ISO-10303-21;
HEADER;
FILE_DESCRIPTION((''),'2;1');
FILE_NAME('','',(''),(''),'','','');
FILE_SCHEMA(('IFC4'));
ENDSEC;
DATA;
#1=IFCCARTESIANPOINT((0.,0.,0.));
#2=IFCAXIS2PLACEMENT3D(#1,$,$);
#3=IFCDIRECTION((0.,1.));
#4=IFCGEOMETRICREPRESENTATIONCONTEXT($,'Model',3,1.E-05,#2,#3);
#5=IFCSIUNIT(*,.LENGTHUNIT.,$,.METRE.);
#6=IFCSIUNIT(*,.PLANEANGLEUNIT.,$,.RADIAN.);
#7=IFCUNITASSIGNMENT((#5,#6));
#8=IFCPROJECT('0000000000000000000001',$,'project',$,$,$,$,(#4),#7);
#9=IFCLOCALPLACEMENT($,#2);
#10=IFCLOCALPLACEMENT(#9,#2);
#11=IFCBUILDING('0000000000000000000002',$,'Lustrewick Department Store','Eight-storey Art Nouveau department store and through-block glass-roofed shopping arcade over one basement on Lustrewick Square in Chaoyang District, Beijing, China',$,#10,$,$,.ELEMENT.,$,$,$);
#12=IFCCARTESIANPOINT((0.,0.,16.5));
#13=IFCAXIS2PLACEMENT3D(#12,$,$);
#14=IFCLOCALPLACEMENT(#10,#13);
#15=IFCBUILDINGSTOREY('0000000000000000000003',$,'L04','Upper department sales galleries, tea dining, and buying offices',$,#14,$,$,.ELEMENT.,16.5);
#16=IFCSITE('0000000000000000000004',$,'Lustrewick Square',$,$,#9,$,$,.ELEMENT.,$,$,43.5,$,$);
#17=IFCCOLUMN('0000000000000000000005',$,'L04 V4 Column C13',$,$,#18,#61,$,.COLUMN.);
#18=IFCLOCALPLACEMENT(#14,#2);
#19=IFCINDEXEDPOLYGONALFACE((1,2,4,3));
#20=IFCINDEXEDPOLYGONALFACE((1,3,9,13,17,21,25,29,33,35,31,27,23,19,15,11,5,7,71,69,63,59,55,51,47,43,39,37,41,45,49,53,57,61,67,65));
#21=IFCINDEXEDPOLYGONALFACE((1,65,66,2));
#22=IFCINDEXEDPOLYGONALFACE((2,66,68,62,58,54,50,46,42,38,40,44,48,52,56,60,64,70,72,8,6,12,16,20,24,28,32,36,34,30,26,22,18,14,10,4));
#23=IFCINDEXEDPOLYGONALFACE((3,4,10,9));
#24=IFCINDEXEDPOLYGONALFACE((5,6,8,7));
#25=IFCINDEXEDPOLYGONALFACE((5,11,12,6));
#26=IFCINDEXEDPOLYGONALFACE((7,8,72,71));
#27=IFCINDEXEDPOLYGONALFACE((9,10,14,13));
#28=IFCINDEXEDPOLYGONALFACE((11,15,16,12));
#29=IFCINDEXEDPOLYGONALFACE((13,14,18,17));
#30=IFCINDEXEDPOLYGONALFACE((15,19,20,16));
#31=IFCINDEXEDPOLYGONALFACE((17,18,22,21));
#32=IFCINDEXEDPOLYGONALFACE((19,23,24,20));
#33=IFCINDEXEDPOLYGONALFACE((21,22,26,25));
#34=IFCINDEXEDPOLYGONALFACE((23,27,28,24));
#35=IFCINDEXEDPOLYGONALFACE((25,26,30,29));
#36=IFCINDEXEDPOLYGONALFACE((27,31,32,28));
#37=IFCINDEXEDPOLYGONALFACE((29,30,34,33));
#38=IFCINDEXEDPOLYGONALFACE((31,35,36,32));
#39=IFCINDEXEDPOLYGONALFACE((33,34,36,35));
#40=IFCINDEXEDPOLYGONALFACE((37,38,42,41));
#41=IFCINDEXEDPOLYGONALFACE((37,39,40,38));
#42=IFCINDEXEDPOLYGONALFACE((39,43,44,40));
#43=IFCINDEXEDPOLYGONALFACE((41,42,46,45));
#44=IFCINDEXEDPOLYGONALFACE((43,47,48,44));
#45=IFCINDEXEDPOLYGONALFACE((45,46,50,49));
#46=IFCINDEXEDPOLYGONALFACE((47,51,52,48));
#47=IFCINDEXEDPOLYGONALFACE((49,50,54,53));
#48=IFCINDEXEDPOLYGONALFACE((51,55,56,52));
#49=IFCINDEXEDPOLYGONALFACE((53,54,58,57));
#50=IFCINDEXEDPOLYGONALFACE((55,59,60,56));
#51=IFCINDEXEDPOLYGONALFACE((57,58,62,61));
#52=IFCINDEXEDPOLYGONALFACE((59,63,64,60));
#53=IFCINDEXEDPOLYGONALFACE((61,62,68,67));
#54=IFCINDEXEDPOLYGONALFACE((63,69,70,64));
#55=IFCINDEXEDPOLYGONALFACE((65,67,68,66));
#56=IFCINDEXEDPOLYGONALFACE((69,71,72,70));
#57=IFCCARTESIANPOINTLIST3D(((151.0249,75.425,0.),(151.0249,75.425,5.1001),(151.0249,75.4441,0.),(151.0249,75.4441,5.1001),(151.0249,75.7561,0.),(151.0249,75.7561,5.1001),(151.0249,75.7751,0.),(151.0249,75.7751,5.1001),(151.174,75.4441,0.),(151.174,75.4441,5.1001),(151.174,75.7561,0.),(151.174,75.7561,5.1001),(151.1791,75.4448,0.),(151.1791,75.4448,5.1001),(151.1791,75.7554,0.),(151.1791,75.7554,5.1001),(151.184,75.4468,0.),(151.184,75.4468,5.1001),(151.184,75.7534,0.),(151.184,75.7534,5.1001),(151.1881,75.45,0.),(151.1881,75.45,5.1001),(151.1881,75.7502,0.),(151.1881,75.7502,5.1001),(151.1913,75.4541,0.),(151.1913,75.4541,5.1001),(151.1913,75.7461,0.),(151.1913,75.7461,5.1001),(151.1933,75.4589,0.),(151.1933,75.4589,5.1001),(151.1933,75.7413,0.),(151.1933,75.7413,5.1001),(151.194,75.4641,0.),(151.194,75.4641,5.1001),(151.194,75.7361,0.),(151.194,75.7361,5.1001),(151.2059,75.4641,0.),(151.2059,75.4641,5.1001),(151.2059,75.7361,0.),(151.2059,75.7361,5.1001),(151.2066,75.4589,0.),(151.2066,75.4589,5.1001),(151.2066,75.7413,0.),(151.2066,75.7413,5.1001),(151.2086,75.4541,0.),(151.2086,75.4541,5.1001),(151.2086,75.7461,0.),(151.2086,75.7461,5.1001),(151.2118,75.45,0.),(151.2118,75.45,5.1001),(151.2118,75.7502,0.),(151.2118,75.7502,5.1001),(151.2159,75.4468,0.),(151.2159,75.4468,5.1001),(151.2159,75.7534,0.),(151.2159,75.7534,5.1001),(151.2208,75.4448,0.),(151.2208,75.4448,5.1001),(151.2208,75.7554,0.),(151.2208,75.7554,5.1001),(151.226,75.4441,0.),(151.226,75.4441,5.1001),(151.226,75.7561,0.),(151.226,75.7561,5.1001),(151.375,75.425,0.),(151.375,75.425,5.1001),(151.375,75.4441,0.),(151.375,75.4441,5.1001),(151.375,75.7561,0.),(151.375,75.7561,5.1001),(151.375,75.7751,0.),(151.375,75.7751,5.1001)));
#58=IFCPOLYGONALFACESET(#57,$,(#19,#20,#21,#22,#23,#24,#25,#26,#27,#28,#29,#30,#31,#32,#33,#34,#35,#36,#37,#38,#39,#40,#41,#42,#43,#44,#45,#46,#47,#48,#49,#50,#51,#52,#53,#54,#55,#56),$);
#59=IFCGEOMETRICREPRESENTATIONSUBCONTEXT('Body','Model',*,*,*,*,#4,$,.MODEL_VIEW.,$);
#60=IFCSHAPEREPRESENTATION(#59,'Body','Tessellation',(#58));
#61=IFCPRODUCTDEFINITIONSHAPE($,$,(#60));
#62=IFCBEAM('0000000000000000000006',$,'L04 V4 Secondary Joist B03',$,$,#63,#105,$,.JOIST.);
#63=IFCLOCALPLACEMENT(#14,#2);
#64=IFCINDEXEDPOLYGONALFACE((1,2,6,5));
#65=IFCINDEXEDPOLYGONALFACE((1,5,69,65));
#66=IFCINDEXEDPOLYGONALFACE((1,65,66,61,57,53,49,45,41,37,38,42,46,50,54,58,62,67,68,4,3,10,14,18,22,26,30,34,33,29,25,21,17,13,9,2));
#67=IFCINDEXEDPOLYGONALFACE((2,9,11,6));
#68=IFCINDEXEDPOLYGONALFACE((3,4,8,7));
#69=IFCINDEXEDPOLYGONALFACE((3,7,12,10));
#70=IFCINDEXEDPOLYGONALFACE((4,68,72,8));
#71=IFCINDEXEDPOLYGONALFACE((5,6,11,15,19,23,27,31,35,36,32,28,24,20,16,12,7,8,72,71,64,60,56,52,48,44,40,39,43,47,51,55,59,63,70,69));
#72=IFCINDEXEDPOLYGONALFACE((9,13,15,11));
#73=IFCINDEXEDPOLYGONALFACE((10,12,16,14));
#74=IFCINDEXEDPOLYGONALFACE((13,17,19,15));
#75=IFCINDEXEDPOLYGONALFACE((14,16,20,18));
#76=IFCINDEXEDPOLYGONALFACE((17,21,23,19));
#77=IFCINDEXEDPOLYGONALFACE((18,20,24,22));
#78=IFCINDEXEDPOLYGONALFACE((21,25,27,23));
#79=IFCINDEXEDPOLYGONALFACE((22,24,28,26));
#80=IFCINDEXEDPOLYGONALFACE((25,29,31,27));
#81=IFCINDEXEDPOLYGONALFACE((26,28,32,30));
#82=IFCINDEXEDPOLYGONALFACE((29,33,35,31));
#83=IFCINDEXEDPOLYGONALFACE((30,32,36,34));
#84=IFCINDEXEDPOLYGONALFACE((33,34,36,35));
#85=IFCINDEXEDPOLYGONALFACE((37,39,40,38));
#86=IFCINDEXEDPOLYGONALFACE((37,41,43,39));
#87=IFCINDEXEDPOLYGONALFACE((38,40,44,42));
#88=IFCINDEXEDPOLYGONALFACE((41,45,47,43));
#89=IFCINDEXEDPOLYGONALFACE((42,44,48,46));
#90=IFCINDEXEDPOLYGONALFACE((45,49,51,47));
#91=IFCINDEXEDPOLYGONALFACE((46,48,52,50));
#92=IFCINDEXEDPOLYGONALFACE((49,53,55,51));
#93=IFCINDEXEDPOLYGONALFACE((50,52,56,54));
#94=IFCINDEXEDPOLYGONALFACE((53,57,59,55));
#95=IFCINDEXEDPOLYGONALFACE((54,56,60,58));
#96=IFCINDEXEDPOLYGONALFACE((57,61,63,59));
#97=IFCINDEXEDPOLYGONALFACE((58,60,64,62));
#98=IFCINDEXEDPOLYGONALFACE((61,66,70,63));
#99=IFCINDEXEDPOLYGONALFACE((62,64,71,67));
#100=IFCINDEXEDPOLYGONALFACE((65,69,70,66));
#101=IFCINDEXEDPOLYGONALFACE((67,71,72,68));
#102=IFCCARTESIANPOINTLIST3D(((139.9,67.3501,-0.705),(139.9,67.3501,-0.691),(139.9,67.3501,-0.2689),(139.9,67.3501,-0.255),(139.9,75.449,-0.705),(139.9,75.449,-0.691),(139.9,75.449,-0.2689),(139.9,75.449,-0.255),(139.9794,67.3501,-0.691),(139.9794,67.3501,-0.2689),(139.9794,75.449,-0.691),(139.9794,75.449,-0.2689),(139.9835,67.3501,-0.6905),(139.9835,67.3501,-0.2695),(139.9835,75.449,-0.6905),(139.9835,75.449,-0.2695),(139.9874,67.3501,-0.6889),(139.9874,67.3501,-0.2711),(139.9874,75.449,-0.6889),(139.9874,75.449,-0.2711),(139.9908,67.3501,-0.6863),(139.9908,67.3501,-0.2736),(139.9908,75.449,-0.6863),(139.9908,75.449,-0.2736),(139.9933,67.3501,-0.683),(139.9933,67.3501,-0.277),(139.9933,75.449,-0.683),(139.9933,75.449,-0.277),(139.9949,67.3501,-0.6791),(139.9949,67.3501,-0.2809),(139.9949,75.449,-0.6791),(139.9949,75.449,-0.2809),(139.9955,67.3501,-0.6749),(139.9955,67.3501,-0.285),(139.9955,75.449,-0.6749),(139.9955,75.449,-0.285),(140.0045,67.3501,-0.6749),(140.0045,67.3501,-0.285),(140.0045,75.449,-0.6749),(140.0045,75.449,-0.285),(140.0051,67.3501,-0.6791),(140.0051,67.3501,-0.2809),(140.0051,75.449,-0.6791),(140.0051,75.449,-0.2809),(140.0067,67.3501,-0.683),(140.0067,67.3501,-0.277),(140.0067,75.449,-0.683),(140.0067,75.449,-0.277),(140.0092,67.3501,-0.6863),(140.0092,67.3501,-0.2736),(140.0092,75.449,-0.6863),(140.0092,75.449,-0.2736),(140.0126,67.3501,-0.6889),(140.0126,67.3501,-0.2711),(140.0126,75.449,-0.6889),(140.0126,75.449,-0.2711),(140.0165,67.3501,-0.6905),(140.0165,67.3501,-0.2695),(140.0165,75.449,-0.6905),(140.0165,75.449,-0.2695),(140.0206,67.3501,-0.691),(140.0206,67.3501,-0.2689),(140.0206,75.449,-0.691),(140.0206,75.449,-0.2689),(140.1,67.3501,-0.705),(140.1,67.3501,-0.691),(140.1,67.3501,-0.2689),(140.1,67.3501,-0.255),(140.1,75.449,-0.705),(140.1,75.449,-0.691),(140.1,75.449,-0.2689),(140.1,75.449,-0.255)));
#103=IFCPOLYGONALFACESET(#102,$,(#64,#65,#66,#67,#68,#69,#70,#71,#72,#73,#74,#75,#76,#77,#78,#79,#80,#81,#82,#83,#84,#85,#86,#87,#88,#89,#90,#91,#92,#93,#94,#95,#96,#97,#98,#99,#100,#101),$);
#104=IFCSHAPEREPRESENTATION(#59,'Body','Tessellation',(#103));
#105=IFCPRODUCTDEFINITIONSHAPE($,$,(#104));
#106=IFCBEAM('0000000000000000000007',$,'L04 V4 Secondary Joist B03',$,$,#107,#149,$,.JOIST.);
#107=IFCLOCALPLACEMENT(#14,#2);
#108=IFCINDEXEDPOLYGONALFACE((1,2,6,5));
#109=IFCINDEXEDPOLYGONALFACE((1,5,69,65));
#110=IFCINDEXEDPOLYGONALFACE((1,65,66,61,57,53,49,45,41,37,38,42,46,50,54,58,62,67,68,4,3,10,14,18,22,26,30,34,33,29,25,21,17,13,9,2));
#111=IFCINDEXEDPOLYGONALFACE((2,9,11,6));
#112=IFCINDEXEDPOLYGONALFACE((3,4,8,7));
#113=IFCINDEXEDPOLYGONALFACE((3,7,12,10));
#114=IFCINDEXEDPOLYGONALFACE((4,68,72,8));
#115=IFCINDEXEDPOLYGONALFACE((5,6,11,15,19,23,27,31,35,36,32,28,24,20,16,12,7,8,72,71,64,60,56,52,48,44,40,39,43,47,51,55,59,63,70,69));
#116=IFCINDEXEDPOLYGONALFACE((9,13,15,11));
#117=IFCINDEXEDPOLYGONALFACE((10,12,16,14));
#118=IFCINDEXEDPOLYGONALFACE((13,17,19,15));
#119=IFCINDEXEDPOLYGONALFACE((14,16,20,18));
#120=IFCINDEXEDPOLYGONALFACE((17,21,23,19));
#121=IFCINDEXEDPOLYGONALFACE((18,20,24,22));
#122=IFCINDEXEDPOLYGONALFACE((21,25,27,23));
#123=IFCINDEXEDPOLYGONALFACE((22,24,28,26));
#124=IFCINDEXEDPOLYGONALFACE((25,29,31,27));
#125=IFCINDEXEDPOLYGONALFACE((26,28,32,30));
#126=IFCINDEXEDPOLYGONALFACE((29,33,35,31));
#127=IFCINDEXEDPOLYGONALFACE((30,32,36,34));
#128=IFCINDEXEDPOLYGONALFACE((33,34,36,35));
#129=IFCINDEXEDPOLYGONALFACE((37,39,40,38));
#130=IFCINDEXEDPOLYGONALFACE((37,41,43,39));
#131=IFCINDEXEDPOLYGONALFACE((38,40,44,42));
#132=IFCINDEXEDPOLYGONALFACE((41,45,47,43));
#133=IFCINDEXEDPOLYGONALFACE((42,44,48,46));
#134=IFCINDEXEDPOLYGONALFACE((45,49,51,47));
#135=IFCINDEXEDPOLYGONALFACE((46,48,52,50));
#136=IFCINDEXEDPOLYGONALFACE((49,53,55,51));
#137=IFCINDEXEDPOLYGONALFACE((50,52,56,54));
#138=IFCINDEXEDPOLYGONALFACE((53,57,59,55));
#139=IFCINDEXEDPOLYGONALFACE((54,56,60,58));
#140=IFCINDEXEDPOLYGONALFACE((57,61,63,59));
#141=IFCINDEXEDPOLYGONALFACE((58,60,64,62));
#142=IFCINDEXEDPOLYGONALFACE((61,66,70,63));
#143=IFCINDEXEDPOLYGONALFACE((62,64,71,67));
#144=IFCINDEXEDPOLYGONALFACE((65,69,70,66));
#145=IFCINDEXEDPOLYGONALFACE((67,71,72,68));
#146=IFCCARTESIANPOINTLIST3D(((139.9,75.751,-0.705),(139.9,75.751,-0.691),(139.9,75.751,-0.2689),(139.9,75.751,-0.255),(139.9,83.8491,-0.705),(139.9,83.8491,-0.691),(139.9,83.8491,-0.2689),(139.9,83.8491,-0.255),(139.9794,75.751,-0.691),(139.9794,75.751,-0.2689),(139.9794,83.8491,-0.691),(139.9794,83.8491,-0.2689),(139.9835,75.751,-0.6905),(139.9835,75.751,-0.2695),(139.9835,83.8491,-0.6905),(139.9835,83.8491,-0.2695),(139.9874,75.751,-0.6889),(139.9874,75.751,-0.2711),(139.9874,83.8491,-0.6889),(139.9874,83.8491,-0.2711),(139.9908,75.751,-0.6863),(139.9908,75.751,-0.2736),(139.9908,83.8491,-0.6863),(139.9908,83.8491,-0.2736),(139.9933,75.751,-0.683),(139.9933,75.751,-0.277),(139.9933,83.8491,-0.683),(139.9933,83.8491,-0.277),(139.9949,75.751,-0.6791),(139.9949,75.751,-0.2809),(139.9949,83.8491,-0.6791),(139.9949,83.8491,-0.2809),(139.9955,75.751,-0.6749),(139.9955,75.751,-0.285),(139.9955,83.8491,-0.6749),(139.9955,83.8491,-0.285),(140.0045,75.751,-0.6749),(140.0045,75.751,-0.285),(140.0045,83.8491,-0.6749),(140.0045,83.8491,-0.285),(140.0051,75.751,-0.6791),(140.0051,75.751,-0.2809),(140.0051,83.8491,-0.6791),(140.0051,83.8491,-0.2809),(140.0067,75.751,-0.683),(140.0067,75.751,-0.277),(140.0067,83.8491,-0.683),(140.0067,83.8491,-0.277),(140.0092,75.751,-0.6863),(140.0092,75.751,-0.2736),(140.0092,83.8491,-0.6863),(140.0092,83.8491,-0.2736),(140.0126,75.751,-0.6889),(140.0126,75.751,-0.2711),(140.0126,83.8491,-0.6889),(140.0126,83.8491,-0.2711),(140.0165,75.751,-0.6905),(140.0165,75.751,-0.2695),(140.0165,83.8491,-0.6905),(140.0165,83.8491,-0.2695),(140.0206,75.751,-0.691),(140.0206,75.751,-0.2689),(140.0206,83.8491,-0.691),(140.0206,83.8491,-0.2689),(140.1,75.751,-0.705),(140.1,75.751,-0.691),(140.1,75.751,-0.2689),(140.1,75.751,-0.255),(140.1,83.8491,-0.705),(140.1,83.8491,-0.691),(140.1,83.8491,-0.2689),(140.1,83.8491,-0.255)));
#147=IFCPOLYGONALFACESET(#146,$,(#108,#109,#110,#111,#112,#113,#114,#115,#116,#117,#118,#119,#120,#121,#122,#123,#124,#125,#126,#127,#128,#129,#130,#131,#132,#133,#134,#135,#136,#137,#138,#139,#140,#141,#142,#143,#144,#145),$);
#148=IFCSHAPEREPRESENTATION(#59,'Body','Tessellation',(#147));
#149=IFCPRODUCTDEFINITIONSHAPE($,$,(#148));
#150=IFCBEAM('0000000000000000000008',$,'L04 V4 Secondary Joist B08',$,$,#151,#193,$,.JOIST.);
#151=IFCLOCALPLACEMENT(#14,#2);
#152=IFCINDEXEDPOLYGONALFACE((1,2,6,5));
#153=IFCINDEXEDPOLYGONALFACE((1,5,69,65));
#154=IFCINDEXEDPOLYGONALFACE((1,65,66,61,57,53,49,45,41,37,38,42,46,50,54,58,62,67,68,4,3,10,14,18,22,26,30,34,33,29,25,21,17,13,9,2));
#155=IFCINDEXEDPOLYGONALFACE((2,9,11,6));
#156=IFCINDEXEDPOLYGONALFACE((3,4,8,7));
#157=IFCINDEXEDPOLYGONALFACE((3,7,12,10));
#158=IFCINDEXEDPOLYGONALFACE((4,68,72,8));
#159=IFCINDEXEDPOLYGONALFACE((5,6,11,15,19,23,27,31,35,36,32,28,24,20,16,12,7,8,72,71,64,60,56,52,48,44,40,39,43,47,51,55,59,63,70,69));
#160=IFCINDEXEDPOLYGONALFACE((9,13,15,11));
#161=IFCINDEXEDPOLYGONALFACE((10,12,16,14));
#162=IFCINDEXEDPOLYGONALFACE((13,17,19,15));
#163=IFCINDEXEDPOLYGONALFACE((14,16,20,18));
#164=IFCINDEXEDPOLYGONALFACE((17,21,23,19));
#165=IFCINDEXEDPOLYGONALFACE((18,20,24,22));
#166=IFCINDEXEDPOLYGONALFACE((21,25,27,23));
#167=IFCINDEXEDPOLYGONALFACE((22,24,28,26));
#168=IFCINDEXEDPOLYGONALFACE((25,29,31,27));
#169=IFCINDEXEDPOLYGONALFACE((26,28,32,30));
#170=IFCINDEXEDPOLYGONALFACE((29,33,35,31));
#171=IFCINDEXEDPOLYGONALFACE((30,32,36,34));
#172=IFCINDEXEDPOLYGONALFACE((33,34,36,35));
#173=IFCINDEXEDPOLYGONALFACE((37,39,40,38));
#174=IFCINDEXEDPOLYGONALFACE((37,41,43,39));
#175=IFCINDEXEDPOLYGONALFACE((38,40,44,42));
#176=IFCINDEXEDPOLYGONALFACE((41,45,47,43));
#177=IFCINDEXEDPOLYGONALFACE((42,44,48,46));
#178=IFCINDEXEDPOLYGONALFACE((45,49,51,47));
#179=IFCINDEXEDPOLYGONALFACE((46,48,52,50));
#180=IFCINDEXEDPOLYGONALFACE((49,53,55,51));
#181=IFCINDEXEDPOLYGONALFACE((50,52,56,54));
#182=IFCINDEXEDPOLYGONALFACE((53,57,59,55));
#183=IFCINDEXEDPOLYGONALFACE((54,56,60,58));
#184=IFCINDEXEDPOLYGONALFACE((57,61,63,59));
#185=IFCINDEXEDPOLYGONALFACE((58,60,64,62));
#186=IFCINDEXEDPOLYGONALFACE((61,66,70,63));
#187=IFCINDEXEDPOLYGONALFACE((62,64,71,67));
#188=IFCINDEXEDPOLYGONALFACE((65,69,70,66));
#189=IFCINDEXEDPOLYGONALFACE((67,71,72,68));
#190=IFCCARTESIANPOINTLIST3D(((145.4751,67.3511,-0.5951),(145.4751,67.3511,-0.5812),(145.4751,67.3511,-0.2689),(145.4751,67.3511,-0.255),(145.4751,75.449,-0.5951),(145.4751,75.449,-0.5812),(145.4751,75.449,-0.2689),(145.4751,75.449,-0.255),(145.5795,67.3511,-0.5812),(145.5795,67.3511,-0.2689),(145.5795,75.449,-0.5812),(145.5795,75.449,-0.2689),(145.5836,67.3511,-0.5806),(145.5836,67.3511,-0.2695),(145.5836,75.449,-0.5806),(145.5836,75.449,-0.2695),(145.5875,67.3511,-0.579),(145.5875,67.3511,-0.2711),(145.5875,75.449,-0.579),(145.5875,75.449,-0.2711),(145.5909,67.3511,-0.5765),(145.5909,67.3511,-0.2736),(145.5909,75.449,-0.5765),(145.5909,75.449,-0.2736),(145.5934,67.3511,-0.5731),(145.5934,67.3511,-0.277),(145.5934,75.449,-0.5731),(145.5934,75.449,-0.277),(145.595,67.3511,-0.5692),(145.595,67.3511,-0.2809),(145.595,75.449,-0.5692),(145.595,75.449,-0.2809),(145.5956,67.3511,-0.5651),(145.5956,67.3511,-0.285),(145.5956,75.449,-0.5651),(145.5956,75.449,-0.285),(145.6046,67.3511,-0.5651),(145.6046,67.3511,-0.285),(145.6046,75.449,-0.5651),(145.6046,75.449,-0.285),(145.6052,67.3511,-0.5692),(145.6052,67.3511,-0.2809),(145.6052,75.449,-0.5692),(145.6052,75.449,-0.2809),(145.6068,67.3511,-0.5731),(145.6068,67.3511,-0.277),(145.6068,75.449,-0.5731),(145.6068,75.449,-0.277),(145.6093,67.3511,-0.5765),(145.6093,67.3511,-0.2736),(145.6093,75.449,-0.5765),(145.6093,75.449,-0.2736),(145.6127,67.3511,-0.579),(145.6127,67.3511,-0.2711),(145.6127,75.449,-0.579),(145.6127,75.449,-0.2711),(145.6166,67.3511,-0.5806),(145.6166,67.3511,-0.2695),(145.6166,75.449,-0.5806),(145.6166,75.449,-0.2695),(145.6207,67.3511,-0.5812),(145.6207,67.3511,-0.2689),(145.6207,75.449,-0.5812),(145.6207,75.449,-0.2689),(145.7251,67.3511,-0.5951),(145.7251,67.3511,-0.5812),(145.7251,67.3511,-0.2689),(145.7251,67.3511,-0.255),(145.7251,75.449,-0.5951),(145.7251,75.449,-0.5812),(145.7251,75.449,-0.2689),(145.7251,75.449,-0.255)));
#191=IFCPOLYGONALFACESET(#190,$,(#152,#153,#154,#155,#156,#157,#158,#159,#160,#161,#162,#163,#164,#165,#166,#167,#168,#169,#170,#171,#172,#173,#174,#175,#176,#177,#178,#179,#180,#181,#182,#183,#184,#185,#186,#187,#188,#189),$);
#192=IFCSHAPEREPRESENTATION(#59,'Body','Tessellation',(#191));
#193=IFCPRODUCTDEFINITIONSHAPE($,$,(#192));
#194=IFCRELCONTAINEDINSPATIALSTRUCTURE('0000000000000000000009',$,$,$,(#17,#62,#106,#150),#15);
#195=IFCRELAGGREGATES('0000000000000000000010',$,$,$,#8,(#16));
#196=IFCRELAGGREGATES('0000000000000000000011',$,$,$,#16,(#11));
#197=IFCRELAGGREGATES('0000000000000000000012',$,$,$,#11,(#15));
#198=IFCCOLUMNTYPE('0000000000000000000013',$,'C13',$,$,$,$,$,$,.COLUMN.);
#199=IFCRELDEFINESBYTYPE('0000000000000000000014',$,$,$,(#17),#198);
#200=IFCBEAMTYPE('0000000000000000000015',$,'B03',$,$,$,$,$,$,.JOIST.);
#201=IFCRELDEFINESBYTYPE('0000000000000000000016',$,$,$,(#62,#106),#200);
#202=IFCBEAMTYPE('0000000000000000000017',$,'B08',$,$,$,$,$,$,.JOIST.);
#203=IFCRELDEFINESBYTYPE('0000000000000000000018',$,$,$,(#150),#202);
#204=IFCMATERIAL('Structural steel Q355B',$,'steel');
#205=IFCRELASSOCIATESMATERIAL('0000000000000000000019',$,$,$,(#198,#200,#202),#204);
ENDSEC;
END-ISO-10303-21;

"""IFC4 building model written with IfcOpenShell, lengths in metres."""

from ifc_helpers import new_model, si_unit, direction, frame, origin, origin_2d, place, context, subcontext, project, spatial, i_section, extrude, material, material_profile, profile_set, type_object, element, save


model = new_model("IFC4")

# Units and contexts
model_context = context("Model", 3, precision=1e-05, world=origin(), true_north=direction((0.0, 1.0)))
body_context = subcontext(model_context, "Body", "Model", "MODEL_VIEW")
ifc_project = project(units=[si_unit("LENGTHUNIT", "METRE"), si_unit("PLANEANGLEUNIT", "RADIAN")], contexts=[model_context])

# Site, building, storey
site_placement = place(None, origin())
site = spatial("IfcSite", under=ifc_project, at=site_placement, Name="Lustrewick Square", CompositionType="ELEMENT", RefElevation=43.5)
building_placement = place(site_placement, origin())
building = spatial("IfcBuilding", under=site, at=building_placement, Name="Lustrewick Department Store", Description="Eight-storey Art Nouveau department store and through-block glass-roofed shopping arcade over one basement on Lustrewick Square in Chaoyang District, Beijing, China", CompositionType="ELEMENT")
storey_placement = place(building_placement, frame((0.0, 0.0, 16.5)))
storey = spatial("IfcBuildingStorey", under=building, at=storey_placement, Name="L04", Description="Upper department sales galleries, tea dining, and buying offices", CompositionType="ELEMENT", Elevation=16.5)

# Column
ifc_material_1 = material(Name="Structural steel Q355B", Category="steel")
ifc_material_profile_1 = material_profile(ifc_material_1, i_section(OverallWidth=0.3501, OverallDepth=0.3501, WebThickness=0.012, FlangeThickness=0.019, FilletRadius=0.02, at=origin_2d()), Name="HW 350x350x12x19")
ifc_profile_set_1 = profile_set([ifc_material_profile_1], Name="Structural steel Q355B")
column_type_1 = type_object("IfcColumnType", Name="C13", PredefinedType="COLUMN", material=ifc_profile_set_1)
for number, where, z_axis, x_axis, name in (
    (1, (151.2, 75.6001, 0.0), (0.0, 0.0, 1.0), (1.0, 0.0, 0.0), "L04 V4 Column C13"),
):
    element("IfcColumn", number, at=place(storey_placement, frame(where, z_axis=z_axis, x_axis=x_axis)), inside=storey, type_object=column_type_1, Name=name, PredefinedType="COLUMN", context=body_context, shape_type="SweptSolid", body=[
        extrude(i_section(OverallWidth=0.3501, OverallDepth=0.3501, WebThickness=0.012, FlangeThickness=0.019, FilletRadius=0.02, at=origin_2d()), origin(), (0.0, 0.0, 1.0), 5.1001),
    ])

# Beams
ifc_material_profile_2 = material_profile(ifc_material_1, i_section(OverallWidth=0.2, OverallDepth=0.45, WebThickness=0.009, FlangeThickness=0.0139, FilletRadius=0.0161, at=origin_2d()), Name="HN 450x200x9x14")
ifc_profile_set_2 = profile_set([ifc_material_profile_2], Name="Structural steel Q355B")
beam_type_1 = type_object("IfcBeamType", Name="B03", PredefinedType="JOIST", material=ifc_profile_set_2)
beam_1_placement = place(storey_placement, frame((140.0, 67.3501, -0.48), z_axis=(0.0, 1.0, 0.0), x_axis=(-1.0, 0.0, 0.0)))
element("IfcBeam", 2, at=beam_1_placement, inside=storey, type_object=beam_type_1, Name="L04 V4 Secondary Joist B03", PredefinedType="JOIST", context=body_context, shape_type="SweptSolid", body=[
    extrude(i_section(OverallWidth=0.2, OverallDepth=0.45, WebThickness=0.009, FlangeThickness=0.0139, FilletRadius=0.0161, at=origin_2d()), origin(), (0.0, 0.0, 1.0), 8.0989),
])
beam_2_placement = place(storey_placement, frame((140.0, 75.751, -0.48), z_axis=(0.0, 1.0, 0.0), x_axis=(-1.0, 0.0, 0.0)))
element("IfcBeam", 3, at=beam_2_placement, inside=storey, type_object=beam_type_1, Name="L04 V4 Secondary Joist B03", PredefinedType="JOIST", context=body_context, shape_type="SweptSolid", body=[
    extrude(i_section(OverallWidth=0.2, OverallDepth=0.45, WebThickness=0.009, FlangeThickness=0.0139, FilletRadius=0.0161, at=origin_2d()), origin(), (0.0, 0.0, 1.0), 8.0981),
])
ifc_material_profile_3 = material_profile(ifc_material_1, i_section(OverallWidth=0.25, OverallDepth=0.3401, WebThickness=0.009, FlangeThickness=0.0139, FilletRadius=0.0161, at=origin_2d()), Name="HM 340x250x9x14")
ifc_profile_set_3 = profile_set([ifc_material_profile_3], Name="Structural steel Q355B")
beam_type_2 = type_object("IfcBeamType", Name="B08", PredefinedType="JOIST", material=ifc_profile_set_3)
beam_3_placement = place(storey_placement, frame((145.6001, 67.3511, -0.425), z_axis=(0.0, 1.0, 0.0), x_axis=(-1.0, 0.0, 0.0)))
element("IfcBeam", 4, at=beam_3_placement, inside=storey, type_object=beam_type_2, Name="L04 V4 Secondary Joist B08", PredefinedType="JOIST", context=body_context, shape_type="SweptSolid", body=[
    extrude(i_section(OverallWidth=0.25, OverallDepth=0.3401, WebThickness=0.009, FlangeThickness=0.0139, FilletRadius=0.0161, at=origin_2d()), origin(), (0.0, 0.0, 1.0), 8.0979),
])

save(model, "model.ifc")
